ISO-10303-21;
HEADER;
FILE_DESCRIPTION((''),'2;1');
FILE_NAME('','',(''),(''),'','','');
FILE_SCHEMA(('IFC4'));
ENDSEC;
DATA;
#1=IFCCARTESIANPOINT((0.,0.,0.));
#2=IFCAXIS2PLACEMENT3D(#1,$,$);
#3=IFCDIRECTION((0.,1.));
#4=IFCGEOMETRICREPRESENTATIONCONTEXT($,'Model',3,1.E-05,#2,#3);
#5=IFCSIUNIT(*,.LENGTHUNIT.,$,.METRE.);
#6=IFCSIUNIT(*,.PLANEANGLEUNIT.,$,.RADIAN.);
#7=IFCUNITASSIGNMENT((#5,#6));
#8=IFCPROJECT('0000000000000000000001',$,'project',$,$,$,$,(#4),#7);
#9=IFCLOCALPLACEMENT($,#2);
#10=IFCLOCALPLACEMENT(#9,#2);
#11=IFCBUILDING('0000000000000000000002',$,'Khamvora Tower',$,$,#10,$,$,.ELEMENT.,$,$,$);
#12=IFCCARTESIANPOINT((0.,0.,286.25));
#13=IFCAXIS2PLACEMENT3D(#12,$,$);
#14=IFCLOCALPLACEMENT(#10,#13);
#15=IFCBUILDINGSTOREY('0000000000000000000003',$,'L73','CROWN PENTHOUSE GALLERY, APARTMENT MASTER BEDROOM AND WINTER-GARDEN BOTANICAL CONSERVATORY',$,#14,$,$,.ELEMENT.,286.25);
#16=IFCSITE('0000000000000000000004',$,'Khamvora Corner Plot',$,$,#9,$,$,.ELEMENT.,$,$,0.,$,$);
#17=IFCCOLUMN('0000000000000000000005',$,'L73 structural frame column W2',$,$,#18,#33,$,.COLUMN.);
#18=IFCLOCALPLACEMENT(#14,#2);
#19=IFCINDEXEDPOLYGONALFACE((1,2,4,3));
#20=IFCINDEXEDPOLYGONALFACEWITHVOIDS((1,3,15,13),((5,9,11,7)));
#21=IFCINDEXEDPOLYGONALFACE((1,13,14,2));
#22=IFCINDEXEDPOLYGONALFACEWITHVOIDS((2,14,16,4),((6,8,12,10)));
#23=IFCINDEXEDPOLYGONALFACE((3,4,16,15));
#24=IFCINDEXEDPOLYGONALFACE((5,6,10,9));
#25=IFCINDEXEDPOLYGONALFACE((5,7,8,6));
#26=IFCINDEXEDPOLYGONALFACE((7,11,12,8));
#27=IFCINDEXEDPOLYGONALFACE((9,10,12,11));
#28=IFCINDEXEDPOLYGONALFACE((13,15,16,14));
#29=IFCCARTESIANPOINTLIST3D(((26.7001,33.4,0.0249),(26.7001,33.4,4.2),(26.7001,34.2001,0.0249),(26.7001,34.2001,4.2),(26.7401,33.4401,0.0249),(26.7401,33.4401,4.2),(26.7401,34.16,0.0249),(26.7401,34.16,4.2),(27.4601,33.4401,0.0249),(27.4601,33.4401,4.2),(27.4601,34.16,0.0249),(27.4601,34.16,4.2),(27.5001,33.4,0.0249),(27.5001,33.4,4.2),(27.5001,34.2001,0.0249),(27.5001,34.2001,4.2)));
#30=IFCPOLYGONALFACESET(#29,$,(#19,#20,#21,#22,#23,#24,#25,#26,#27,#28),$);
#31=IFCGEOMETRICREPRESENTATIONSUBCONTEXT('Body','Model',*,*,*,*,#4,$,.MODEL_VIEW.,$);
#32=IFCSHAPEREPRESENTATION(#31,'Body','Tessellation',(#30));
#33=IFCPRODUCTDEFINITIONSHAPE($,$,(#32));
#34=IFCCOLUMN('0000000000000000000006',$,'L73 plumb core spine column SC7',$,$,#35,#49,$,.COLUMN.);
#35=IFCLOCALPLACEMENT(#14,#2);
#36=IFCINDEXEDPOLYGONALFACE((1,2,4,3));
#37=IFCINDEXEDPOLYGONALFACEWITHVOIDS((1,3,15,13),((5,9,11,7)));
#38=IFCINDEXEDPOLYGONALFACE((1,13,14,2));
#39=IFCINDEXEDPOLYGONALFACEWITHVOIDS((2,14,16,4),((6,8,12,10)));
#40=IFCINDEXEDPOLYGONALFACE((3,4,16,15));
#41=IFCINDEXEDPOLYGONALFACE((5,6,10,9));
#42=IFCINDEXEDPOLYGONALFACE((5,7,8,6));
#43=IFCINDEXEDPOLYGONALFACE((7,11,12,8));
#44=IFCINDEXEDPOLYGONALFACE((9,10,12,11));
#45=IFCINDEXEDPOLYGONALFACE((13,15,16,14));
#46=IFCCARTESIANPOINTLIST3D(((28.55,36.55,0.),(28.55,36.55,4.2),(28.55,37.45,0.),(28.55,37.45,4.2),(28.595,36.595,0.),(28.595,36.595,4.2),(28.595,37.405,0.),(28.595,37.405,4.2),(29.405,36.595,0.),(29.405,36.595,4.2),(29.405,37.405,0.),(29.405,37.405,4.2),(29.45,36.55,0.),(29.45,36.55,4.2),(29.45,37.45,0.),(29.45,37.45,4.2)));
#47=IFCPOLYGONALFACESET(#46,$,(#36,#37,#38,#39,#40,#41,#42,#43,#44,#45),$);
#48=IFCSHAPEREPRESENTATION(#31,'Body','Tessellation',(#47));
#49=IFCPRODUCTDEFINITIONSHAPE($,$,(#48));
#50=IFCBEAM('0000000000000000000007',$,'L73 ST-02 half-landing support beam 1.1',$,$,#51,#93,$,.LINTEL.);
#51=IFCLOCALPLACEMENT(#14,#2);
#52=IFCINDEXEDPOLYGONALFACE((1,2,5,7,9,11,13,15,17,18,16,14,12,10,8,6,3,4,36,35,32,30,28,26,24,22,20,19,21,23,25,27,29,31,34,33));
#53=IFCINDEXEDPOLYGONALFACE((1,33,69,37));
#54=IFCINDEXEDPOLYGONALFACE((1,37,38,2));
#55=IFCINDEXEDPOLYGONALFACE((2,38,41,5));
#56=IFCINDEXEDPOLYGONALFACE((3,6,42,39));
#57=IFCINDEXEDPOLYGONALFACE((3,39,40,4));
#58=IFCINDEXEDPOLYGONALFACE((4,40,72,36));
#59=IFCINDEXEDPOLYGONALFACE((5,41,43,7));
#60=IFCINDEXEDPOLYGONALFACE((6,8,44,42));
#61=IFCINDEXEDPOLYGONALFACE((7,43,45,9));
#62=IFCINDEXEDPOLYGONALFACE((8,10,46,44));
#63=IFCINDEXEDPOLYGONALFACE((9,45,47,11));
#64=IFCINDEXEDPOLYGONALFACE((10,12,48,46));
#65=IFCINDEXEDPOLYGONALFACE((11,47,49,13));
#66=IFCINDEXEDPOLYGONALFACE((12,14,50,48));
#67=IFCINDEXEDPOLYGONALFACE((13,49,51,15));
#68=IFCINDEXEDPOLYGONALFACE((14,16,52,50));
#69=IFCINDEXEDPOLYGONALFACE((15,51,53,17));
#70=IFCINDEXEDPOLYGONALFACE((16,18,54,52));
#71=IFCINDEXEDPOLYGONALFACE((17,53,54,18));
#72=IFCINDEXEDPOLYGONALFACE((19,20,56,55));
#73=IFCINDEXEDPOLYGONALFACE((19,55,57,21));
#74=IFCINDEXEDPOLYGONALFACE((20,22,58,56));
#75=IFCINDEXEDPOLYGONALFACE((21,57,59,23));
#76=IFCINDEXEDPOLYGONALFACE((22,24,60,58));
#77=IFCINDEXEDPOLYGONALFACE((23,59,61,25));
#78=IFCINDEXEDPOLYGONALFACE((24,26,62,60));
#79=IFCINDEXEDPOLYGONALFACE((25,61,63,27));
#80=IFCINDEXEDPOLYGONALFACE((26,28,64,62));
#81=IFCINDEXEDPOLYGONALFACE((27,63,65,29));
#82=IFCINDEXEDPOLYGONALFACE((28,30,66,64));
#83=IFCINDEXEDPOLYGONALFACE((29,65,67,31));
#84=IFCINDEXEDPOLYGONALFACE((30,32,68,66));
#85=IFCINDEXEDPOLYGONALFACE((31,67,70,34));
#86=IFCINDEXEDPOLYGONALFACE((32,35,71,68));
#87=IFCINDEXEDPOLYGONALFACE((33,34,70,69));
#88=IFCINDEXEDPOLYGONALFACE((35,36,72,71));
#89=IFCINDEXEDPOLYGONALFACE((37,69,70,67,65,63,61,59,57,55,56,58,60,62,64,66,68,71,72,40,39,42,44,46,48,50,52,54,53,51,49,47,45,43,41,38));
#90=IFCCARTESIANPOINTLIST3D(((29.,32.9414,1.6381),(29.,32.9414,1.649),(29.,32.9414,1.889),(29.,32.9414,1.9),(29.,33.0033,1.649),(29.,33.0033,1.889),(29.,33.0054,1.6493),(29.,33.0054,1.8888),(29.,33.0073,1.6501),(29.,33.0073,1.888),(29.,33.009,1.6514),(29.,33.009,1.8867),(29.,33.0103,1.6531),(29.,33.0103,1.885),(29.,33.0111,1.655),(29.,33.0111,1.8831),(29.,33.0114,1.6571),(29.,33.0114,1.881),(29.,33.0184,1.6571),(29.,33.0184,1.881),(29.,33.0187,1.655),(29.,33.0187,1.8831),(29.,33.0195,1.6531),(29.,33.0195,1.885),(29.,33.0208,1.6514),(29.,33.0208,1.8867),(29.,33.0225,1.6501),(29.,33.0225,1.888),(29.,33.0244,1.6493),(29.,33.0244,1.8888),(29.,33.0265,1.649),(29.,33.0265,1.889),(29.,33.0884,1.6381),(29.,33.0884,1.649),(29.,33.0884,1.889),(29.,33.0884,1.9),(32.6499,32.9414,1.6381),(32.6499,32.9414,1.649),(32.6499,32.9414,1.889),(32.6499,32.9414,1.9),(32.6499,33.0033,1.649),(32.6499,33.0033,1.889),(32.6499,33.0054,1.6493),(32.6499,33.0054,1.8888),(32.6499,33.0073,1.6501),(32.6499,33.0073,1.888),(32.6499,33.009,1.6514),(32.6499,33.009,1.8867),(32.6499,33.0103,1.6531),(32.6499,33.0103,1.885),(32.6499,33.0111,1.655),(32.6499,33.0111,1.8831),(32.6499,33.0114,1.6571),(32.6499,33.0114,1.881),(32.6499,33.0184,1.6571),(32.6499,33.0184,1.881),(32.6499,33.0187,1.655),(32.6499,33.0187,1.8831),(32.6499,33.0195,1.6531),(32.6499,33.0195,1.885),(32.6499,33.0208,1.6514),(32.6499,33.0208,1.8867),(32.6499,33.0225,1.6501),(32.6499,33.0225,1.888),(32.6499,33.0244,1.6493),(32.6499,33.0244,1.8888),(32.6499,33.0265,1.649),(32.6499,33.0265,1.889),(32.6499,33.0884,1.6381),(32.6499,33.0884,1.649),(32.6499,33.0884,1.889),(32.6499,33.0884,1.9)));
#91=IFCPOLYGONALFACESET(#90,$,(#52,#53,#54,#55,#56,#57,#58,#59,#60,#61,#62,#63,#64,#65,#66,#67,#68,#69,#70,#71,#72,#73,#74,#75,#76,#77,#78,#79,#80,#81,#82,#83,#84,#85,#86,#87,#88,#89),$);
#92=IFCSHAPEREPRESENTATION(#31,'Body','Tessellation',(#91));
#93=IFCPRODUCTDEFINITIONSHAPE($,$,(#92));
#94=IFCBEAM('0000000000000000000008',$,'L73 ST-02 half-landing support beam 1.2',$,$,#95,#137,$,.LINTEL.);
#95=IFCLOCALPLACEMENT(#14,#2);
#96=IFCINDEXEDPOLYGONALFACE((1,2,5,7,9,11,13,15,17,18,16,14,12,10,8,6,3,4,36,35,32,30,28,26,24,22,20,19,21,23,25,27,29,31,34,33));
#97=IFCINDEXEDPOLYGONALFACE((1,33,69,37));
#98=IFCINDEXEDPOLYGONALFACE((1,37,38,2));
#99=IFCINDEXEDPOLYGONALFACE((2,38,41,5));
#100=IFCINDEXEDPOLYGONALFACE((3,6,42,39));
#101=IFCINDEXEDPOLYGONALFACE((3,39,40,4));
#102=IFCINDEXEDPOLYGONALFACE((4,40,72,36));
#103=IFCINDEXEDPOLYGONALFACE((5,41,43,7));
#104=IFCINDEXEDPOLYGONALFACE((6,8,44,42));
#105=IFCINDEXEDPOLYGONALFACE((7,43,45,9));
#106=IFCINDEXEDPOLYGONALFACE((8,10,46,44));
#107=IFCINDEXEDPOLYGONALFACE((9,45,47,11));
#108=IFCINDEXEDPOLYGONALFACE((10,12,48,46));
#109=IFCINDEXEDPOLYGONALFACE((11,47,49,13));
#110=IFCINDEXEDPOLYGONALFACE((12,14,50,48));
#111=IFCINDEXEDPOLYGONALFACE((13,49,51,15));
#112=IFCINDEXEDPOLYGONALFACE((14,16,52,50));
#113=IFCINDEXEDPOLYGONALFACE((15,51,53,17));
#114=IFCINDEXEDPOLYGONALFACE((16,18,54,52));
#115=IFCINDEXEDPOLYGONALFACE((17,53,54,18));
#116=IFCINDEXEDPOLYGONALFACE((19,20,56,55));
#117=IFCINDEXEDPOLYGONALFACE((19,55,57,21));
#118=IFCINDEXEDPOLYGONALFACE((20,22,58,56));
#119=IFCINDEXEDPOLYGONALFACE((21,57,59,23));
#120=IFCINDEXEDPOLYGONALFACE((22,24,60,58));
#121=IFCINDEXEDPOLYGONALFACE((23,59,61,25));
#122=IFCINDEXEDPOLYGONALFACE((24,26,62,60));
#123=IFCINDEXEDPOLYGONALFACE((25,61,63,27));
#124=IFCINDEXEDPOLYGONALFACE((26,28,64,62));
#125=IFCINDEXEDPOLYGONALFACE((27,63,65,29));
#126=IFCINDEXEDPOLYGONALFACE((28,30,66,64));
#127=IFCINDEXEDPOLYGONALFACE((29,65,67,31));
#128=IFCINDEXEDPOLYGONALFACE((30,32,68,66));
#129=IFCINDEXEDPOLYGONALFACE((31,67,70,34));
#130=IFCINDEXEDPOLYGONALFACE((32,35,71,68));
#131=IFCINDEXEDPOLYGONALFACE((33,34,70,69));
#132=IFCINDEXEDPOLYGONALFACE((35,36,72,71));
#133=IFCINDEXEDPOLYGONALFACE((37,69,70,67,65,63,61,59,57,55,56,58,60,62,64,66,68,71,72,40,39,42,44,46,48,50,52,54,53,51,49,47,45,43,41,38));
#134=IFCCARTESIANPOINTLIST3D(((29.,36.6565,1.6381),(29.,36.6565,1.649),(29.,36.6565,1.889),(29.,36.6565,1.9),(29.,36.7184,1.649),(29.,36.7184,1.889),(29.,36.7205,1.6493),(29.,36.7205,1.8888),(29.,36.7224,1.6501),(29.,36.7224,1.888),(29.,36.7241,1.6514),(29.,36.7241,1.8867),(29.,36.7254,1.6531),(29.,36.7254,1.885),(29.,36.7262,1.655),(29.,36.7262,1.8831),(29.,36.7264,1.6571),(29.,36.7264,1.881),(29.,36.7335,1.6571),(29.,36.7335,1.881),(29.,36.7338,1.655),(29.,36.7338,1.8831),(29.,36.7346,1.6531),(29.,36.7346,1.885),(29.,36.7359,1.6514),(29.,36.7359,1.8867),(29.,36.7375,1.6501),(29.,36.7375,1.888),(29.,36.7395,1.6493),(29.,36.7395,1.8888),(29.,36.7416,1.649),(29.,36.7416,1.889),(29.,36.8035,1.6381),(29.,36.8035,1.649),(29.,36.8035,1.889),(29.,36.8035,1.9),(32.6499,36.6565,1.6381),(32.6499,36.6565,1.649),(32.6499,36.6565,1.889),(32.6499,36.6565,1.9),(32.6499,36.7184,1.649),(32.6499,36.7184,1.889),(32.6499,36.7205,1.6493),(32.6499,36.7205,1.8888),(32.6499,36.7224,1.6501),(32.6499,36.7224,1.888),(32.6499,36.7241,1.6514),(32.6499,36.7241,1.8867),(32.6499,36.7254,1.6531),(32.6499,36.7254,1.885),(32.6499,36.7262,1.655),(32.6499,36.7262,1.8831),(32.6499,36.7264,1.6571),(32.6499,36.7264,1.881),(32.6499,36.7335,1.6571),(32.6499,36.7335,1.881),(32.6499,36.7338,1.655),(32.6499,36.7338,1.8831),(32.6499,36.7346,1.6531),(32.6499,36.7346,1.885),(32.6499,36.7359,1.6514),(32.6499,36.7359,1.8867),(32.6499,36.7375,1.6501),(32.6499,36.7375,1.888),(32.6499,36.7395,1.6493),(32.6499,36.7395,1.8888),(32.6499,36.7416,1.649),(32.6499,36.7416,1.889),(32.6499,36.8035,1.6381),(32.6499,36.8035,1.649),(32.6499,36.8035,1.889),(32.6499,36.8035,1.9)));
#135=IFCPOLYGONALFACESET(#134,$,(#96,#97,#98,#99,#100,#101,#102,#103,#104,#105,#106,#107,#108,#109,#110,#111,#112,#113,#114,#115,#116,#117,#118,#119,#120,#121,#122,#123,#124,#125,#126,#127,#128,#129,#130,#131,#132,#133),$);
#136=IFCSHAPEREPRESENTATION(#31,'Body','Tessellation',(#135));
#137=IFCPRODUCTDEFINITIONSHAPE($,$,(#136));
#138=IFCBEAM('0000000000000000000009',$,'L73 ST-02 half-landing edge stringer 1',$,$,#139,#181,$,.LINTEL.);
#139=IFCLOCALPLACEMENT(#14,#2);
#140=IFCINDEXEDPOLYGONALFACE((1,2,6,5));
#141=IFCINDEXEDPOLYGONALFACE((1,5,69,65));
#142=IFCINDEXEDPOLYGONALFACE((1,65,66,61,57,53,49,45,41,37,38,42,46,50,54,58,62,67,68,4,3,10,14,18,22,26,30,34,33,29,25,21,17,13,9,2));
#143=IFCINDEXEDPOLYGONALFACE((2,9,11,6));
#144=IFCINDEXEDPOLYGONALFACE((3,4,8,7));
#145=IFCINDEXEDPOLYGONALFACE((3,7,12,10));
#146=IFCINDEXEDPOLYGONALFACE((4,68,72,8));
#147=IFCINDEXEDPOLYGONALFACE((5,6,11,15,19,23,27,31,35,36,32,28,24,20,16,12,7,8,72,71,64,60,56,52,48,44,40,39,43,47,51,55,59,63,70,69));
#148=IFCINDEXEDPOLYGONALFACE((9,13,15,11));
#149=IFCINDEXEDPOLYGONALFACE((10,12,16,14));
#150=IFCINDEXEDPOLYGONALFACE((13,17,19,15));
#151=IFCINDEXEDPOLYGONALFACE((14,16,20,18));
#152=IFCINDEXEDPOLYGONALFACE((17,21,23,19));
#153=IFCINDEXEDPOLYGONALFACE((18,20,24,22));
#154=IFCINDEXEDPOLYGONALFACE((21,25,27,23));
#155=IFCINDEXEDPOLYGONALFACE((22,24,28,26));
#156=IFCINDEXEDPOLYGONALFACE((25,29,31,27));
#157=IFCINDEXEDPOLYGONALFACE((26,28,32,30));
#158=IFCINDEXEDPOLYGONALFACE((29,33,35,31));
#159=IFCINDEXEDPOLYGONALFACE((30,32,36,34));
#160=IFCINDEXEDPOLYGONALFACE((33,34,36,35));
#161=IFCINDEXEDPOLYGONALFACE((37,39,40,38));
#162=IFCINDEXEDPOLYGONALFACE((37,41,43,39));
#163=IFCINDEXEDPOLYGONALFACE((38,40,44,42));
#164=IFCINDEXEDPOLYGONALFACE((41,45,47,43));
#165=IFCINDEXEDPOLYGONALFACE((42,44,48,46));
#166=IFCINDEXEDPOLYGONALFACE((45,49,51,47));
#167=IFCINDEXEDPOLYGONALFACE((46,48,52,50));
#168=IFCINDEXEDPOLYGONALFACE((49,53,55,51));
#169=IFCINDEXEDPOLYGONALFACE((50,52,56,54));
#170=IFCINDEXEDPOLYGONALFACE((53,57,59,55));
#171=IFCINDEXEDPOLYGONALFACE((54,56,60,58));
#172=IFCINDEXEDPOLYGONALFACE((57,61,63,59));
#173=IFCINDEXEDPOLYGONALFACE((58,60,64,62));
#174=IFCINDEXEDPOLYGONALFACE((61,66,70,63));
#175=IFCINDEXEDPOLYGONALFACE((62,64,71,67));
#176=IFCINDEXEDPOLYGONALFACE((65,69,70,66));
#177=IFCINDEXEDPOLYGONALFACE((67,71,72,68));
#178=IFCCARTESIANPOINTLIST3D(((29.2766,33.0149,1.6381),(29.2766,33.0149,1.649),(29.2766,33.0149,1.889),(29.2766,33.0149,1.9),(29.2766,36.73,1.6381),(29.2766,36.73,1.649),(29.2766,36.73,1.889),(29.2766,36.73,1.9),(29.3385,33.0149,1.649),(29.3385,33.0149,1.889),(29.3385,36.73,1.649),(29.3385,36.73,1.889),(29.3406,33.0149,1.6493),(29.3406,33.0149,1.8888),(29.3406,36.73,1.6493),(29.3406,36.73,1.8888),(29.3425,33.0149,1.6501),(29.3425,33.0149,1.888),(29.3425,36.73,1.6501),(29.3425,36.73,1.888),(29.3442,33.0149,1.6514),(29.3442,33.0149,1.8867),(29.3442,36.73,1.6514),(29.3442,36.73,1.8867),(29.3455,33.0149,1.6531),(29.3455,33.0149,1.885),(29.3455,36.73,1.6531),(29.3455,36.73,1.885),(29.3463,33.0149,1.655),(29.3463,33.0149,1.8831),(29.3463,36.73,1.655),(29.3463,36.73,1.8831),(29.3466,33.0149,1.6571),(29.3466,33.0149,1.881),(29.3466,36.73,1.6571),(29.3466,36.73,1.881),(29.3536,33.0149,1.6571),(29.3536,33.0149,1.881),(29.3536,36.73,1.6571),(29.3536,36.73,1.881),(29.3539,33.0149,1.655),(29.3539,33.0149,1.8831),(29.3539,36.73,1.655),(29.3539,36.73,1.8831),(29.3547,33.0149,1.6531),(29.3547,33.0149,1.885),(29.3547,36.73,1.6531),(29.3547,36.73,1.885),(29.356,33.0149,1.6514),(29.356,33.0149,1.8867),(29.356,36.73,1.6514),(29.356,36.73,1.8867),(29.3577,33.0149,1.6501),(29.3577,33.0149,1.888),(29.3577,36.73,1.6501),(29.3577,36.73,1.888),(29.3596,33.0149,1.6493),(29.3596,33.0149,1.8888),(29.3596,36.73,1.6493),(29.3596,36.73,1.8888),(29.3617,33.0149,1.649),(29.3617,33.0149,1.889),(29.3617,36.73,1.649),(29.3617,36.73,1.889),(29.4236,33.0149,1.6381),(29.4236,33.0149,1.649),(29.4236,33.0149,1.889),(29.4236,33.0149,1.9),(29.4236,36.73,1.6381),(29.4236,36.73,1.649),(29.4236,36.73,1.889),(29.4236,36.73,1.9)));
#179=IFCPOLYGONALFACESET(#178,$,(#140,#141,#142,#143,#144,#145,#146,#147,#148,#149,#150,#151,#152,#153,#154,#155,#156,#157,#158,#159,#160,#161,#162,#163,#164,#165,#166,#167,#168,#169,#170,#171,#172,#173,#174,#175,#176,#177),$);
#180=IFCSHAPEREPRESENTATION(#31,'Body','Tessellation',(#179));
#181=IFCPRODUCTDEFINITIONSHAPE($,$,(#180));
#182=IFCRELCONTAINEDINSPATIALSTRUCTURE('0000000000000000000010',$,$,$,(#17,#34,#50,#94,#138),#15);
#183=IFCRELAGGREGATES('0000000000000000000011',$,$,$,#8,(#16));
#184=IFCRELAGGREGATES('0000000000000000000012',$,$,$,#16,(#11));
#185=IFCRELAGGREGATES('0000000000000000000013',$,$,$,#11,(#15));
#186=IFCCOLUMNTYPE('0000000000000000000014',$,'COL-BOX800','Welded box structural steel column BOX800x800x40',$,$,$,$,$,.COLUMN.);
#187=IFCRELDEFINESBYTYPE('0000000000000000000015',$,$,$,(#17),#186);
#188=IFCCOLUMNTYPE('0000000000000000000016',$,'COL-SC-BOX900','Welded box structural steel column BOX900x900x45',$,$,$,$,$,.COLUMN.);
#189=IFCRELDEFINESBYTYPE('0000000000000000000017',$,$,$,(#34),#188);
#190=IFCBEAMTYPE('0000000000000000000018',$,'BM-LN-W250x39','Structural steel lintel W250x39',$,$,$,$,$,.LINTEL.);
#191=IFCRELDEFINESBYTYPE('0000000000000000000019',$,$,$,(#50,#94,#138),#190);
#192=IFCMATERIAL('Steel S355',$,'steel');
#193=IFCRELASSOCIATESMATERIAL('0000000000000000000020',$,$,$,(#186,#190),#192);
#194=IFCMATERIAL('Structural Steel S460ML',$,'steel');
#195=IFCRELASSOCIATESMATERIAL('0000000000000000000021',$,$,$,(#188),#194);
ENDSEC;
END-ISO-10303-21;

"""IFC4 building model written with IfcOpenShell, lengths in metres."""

from ifc_helpers import new_model, si_unit, direction, frame, origin, origin_2d, place, context, subcontext, project, spatial, hollow_rectangle, i_section, extrude, material, material_profile, profile_set, type_object, element, save


model = new_model("IFC4")

# Units and contexts
model_context = context("Model", 3, precision=1e-05, world=origin(), true_north=direction((0.0, 1.0)))
body_context = subcontext(model_context, "Body", "Model", "MODEL_VIEW")
ifc_project = project(units=[si_unit("LENGTHUNIT", "METRE"), si_unit("PLANEANGLEUNIT", "RADIAN")], contexts=[model_context])

# Site, building, storey
site_placement = place(None, origin())
site = spatial("IfcSite", under=ifc_project, at=site_placement, Name="Khamvora Corner Plot", CompositionType="ELEMENT", RefElevation=0.0)
building_placement = place(site_placement, origin())
building = spatial("IfcBuilding", under=site, at=building_placement, Name="Khamvora Tower", CompositionType="ELEMENT")
storey_placement = place(building_placement, frame((0.0, 0.0, 286.25)))
storey = spatial("IfcBuildingStorey", under=building, at=storey_placement, Name="L73", Description="CROWN PENTHOUSE GALLERY, APARTMENT MASTER BEDROOM AND WINTER-GARDEN BOTANICAL CONSERVATORY", CompositionType="ELEMENT", Elevation=286.25)

# Columns
ifc_material_1 = material(Name="Steel S355", Category="steel")
ifc_material_profile_1 = material_profile(ifc_material_1, hollow_rectangle(XDim=0.8, YDim=0.8, WallThickness=0.04, at=origin_2d()), Name="BOX800x800x40")
ifc_profile_set_1 = profile_set([ifc_material_profile_1], Name="Steel S355")
column_type_1 = type_object("IfcColumnType", Name="COL-BOX800", Description="Welded box structural steel column BOX800x800x40", PredefinedType="COLUMN", material=ifc_profile_set_1)
column_1_placement = place(storey_placement, frame((27.1001, 33.8, 0.0249), z_axis=(0.0, 0.0, 1.0), x_axis=(1.0, 0.0, 0.0)))
element("IfcColumn", 1, at=column_1_placement, inside=storey, type_object=column_type_1, Name="L73 structural frame column W2", PredefinedType="COLUMN", context=body_context, shape_type="SweptSolid", body=[
    extrude(hollow_rectangle(XDim=0.8, YDim=0.8, WallThickness=0.04, at=origin_2d()), origin(), (0.0, 0.0, 1.0), 4.175),
])
ifc_material_2 = material(Name="Structural Steel S460ML", Category="steel")
ifc_material_profile_2 = material_profile(ifc_material_2, hollow_rectangle(XDim=0.8999, YDim=0.8999, WallThickness=0.0449, at=origin_2d()), Name="BOX900x900x45")
ifc_profile_set_2 = profile_set([ifc_material_profile_2], Name="Structural Steel S460ML")
column_type_2 = type_object("IfcColumnType", Name="COL-SC-BOX900", Description="Welded box structural steel column BOX900x900x45", PredefinedType="COLUMN", material=ifc_profile_set_2)
column_2_placement = place(storey_placement, frame((29.0, 37.0, 0.0), z_axis=(0.0, 0.0, 1.0), x_axis=(1.0, 0.0, 0.0)))
element("IfcColumn", 2, at=column_2_placement, inside=storey, type_object=column_type_2, Name="L73 plumb core spine column SC7", PredefinedType="COLUMN", context=body_context, shape_type="SweptSolid", body=[
    extrude(hollow_rectangle(XDim=0.8999, YDim=0.8999, WallThickness=0.0449, at=origin_2d()), origin(), (0.0, 0.0, 1.0), 4.2),
])

# Beams
ifc_material_profile_3 = material_profile(ifc_material_1, i_section(OverallWidth=0.147, OverallDepth=0.262, WebThickness=0.0071, FlangeThickness=0.011, FilletRadius=0.0081, at=origin_2d()), Name="W250x39")
ifc_profile_set_3 = profile_set([ifc_material_profile_3], Name="Steel S355")
beam_type_1 = type_object("IfcBeamType", Name="BM-LN-W250x39", Description="Structural steel lintel W250x39", PredefinedType="LINTEL", material=ifc_profile_set_3)
for number, where, z_axis, x_axis, name in (
    (3, (29.0, 33.0149, 1.769), (1.0, 0.0, 0.0), (0.0, 1.0, 0.0), "L73 ST-02 half-landing support beam 1.1"),
    (4, (29.0, 36.73, 1.769), (1.0, 0.0, 0.0), (0.0, 1.0, 0.0), "L73 ST-02 half-landing support beam 1.2"),
):
    element("IfcBeam", number, at=place(storey_placement, frame(where, z_axis=z_axis, x_axis=x_axis)), inside=storey, type_object=beam_type_1, Name=name, PredefinedType="LINTEL", context=body_context, shape_type="SweptSolid", body=[
        extrude(i_section(OverallWidth=0.147, OverallDepth=0.262, WebThickness=0.0071, FlangeThickness=0.011, FilletRadius=0.0081, at=origin_2d()), origin(), (0.0, 0.0, 1.0), 3.6499),
    ])
beam_1_placement = place(storey_placement, frame((29.3501, 33.0149, 1.769), z_axis=(0.0, 1.0, 0.0), x_axis=(-1.0, 0.0, 0.0)))
element("IfcBeam", 5, at=beam_1_placement, inside=storey, type_object=beam_type_1, Name="L73 ST-02 half-landing edge stringer 1", PredefinedType="LINTEL", context=body_context, shape_type="SweptSolid", body=[
    extrude(i_section(OverallWidth=0.147, OverallDepth=0.262, WebThickness=0.0071, FlangeThickness=0.011, FilletRadius=0.0081, at=origin_2d()), origin(), (0.0, 0.0, 1.0), 3.7151),
])

save(model, "model.ifc")
